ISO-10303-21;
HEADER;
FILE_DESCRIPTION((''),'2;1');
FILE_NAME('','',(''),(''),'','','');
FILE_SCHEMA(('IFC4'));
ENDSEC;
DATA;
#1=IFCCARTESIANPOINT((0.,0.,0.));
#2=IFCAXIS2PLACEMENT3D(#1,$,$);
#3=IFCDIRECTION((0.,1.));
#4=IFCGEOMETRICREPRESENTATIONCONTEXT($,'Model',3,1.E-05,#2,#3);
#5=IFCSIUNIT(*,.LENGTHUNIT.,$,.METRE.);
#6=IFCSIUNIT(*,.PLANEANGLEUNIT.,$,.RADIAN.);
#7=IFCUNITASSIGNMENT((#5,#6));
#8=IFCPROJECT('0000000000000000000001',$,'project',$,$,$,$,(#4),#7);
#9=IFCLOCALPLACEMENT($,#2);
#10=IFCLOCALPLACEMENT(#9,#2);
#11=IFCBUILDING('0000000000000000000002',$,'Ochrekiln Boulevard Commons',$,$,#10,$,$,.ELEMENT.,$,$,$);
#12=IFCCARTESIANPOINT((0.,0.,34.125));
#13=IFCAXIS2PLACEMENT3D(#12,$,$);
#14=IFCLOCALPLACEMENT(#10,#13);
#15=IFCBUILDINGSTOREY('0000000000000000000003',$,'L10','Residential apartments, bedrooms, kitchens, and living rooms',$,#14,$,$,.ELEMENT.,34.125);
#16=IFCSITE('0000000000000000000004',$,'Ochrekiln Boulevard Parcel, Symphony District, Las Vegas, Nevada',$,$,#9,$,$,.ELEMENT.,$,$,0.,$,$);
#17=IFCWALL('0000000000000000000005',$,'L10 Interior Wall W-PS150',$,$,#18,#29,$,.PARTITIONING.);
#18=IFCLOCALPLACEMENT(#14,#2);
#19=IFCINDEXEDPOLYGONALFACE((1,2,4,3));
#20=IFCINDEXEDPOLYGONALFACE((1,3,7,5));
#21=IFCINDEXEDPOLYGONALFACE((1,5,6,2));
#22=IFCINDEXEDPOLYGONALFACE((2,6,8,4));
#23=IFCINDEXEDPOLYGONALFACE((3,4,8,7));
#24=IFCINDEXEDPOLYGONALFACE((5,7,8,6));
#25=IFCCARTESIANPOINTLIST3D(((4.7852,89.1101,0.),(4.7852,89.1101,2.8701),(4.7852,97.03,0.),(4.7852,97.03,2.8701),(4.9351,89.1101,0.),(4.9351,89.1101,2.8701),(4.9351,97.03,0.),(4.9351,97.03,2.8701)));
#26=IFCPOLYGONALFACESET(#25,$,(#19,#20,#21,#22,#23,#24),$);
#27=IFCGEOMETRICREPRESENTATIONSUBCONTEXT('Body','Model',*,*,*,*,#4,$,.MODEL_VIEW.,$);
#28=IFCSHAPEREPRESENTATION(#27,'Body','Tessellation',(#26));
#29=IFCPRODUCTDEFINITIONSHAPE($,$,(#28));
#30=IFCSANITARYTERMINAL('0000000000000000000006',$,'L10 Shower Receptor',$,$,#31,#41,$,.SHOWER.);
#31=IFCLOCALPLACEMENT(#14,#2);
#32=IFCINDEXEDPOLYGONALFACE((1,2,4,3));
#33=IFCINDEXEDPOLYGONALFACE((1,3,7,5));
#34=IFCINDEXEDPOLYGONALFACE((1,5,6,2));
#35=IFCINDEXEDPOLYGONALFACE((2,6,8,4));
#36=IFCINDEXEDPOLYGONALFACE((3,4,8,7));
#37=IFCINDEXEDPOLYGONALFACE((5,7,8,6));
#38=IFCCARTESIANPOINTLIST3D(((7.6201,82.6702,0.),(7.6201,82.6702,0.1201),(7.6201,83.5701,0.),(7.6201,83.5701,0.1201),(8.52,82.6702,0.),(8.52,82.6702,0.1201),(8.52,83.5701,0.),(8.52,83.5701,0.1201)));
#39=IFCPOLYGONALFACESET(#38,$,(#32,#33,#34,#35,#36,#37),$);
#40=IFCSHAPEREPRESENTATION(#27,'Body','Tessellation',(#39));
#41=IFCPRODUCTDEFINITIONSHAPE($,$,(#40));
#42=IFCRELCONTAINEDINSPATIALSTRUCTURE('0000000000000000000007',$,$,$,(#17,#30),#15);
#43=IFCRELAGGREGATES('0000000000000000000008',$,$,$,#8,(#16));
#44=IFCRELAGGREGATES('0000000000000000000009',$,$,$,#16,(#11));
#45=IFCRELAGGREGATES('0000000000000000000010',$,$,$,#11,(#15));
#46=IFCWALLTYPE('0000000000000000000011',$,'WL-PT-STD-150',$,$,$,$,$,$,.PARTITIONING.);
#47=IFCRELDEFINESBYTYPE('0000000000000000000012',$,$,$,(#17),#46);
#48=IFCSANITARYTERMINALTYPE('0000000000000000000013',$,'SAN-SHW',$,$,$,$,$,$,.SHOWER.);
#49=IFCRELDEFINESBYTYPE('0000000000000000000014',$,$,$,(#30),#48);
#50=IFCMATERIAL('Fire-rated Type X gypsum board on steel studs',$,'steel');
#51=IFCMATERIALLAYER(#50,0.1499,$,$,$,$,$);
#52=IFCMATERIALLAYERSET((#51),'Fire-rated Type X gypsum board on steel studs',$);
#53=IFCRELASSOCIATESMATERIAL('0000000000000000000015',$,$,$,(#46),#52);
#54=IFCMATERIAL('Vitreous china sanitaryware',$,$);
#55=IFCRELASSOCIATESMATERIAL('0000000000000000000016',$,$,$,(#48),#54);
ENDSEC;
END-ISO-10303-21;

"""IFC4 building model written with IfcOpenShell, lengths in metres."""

from ifc_helpers import new_model, si_unit, direction, frame, frame_2d, origin, origin_2d, place, context, subcontext, project, spatial, rectangle, extrude, material, layer, layer_set, type_object, element, save


model = new_model("IFC4")

# Units and contexts
model_context = context("Model", 3, precision=1e-05, world=origin(), true_north=direction((0.0, 1.0)))
body_context = subcontext(model_context, "Body", "Model", "MODEL_VIEW")
ifc_project = project(units=[si_unit("LENGTHUNIT", "METRE"), si_unit("PLANEANGLEUNIT", "RADIAN")], contexts=[model_context])

# Site, building, storey
site_placement = place(None, origin())
site = spatial("IfcSite", under=ifc_project, at=site_placement, Name="Ochrekiln Boulevard Parcel, Symphony District, Las Vegas, Nevada", CompositionType="ELEMENT", RefElevation=0.0)
building_placement = place(site_placement, origin())
building = spatial("IfcBuilding", under=site, at=building_placement, Name="Ochrekiln Boulevard Commons", CompositionType="ELEMENT")
storey_placement = place(building_placement, frame((0.0, 0.0, 34.125)))
storey = spatial("IfcBuildingStorey", under=building, at=storey_placement, Name="L10", Description="Residential apartments, bedrooms, kitchens, and living rooms", CompositionType="ELEMENT", Elevation=34.125)

# Shared definitions
ifc_material_1 = material(Name="Fire-rated Type X gypsum board on steel studs", Category="steel")

# Shared definitions
ifc_layer_1 = layer(ifc_material_1, 0.1499)
ifc_layer_set_1 = layer_set([ifc_layer_1], Name="Fire-rated Type X gypsum board on steel studs")
wall_type_1 = type_object("IfcWallType", Name="WL-PT-STD-150", PredefinedType="PARTITIONING", material=ifc_layer_set_1)

# Wall
wall_1_placement = place(storey_placement, frame((4.8601, 89.1101, 0.0), z_axis=(0.0, 0.0, 1.0), x_axis=(0.0, 1.0, 0.0)))
element("IfcWall", 1, at=wall_1_placement, inside=storey, type_object=wall_type_1, Name="L10 Interior Wall W-PS150", PredefinedType="PARTITIONING", context=body_context, shape_type="SweptSolid", body=[
    extrude(rectangle(XDim=7.9199, YDim=0.1499, at=frame_2d((3.96, 0.0))), origin(), (0.0, 0.0, 1.0), 2.8701),
])

# Sanitary terminal
ifc_material_2 = material(Name="Vitreous china sanitaryware")
sanitary_terminal_type = type_object("IfcSanitaryTerminalType", Name="SAN-SHW", PredefinedType="SHOWER", material=ifc_material_2)
sanitary_terminal_placement = place(storey_placement, frame((8.0701, 83.1201, 0.0), z_axis=(0.0, 0.0, 1.0), x_axis=(1.0, 0.0, 0.0)))
element("IfcSanitaryTerminal", 2, at=sanitary_terminal_placement, inside=storey, type_object=sanitary_terminal_type, Name="L10 Shower Receptor", PredefinedType="SHOWER", context=body_context, shape_type="SweptSolid", body=[
    extrude(rectangle(XDim=0.8999, YDim=0.8999, at=origin_2d()), origin(), (0.0, 0.0, 1.0), 0.1201),
])

save(model, "model.ifc")
